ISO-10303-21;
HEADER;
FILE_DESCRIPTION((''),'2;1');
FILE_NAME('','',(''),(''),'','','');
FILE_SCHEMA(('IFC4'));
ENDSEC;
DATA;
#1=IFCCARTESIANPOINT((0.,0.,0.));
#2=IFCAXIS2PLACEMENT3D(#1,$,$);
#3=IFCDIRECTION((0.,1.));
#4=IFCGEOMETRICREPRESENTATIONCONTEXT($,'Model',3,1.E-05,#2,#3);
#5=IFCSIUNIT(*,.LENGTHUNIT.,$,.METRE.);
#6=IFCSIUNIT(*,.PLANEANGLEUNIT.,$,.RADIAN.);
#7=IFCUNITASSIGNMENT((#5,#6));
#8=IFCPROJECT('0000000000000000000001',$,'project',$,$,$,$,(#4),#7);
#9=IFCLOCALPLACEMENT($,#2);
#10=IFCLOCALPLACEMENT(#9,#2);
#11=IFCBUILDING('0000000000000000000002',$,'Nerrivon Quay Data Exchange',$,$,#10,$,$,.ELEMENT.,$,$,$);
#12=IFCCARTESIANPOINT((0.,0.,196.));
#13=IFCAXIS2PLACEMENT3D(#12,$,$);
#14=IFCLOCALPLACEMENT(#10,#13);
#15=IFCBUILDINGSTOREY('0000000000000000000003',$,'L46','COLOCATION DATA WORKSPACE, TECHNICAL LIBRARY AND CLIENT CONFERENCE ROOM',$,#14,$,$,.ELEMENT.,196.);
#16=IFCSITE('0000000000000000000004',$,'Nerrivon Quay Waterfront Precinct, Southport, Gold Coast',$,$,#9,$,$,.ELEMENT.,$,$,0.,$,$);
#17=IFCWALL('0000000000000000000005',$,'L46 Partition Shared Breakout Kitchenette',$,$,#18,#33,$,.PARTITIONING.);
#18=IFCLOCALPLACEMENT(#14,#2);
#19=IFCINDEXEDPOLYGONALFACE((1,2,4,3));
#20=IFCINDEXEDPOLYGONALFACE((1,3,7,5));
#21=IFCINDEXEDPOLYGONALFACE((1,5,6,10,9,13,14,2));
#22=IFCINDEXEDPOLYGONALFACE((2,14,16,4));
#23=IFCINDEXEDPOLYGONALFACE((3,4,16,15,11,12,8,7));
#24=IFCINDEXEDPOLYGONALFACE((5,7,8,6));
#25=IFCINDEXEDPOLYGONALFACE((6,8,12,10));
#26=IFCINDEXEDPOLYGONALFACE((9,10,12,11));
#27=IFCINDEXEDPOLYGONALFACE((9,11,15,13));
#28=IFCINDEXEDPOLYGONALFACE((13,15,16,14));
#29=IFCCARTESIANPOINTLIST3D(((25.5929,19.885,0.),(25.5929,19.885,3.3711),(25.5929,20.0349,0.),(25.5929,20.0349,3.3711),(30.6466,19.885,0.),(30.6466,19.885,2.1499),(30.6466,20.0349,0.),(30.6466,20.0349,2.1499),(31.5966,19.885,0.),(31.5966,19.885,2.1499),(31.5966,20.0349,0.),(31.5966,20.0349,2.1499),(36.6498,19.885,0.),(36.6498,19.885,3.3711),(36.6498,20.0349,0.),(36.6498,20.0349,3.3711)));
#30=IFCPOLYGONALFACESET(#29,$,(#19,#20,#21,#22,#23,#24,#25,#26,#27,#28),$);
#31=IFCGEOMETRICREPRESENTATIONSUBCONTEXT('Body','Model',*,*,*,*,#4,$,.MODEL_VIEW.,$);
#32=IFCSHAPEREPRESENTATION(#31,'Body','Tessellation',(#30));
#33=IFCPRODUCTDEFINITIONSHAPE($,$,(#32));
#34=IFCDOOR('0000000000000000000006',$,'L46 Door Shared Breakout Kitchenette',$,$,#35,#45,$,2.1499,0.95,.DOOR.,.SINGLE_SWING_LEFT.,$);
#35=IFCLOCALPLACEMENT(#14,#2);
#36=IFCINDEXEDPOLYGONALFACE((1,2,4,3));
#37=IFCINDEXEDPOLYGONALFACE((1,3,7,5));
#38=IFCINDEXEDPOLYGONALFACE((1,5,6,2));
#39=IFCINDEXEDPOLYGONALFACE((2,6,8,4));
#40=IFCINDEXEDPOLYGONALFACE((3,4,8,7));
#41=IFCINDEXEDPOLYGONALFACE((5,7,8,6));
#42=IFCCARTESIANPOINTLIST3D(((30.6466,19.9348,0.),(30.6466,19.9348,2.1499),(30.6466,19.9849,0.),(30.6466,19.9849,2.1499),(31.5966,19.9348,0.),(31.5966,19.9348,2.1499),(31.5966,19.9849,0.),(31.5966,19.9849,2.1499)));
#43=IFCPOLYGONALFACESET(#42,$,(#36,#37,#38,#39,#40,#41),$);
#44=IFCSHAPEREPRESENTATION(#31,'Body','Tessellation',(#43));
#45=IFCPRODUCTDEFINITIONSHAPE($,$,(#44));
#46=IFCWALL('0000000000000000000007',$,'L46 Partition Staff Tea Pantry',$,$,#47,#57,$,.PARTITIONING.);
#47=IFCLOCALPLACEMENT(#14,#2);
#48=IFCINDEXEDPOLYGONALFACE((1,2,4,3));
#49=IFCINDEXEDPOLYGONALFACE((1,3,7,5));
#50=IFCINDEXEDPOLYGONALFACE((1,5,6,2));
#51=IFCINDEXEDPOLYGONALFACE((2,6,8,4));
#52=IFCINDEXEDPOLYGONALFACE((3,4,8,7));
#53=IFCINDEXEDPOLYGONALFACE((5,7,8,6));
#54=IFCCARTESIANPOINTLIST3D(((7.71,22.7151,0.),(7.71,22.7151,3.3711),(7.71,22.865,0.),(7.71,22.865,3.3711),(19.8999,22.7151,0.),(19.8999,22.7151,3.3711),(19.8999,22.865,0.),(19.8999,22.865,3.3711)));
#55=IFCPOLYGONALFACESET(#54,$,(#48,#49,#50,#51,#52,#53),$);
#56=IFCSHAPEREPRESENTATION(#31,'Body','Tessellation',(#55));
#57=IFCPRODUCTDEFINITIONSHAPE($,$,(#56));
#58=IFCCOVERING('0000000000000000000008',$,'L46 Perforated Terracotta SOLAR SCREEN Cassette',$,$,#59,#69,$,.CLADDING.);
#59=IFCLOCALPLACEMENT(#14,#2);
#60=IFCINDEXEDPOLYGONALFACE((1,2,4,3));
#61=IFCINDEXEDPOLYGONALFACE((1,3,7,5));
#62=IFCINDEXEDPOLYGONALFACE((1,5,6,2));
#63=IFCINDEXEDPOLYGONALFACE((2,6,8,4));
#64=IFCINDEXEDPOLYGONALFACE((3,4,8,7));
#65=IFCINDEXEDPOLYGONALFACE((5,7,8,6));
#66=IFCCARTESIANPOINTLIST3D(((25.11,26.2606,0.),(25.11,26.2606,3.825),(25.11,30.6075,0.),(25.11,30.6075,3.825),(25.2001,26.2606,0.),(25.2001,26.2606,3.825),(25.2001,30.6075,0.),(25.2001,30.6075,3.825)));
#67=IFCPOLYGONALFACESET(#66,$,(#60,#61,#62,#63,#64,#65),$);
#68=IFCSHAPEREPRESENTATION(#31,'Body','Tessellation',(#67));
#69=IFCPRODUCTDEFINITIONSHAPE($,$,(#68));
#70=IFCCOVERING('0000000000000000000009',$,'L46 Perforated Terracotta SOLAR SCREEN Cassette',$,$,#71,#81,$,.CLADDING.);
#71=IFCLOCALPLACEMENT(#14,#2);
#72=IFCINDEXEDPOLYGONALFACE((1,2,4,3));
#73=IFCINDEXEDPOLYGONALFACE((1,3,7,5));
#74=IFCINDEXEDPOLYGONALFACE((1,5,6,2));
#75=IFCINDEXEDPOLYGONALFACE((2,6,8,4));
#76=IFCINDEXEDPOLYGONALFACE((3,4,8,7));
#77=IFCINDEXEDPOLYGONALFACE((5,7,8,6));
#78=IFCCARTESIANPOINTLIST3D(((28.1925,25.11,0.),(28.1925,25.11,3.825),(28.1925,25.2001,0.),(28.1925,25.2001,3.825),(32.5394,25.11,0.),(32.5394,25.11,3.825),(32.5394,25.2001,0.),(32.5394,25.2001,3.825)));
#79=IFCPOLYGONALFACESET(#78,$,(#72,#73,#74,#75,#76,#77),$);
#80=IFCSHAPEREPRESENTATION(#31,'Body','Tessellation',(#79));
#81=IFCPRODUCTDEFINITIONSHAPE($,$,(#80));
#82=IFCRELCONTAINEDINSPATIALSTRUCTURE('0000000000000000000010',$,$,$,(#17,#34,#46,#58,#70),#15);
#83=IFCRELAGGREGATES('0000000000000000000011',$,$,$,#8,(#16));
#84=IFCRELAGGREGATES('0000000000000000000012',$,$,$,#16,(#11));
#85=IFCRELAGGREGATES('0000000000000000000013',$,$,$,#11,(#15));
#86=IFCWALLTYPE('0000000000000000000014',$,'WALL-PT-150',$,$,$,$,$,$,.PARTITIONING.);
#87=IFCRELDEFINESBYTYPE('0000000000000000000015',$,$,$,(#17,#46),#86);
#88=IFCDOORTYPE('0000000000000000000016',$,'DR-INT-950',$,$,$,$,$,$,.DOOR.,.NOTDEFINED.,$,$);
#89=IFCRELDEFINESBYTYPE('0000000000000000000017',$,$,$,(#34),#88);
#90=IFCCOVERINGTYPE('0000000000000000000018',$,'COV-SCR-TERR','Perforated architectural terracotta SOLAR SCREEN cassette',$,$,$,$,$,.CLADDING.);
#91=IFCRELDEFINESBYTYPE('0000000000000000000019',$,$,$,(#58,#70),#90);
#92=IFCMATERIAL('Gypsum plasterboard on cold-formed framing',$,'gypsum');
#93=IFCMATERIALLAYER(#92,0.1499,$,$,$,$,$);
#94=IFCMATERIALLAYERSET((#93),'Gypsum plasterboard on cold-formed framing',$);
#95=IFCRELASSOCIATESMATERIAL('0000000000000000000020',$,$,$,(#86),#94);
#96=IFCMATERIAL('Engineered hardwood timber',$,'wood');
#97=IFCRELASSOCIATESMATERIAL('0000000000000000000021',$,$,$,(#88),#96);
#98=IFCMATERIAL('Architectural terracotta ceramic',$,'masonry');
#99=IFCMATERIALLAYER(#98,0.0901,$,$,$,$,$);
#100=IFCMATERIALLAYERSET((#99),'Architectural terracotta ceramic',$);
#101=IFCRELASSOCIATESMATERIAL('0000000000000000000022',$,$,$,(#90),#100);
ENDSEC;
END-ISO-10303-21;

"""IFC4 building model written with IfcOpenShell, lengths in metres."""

from ifc_helpers import new_model, si_unit, direction, frame, frame_2d, origin, origin_2d, place, context, subcontext, project, spatial, rectangle, extrude, material, layer, layer_set, type_object, element, fill, save


model = new_model("IFC4")

# Units and contexts
model_context = context("Model", 3, precision=1e-05, world=origin(), true_north=direction((0.0, 1.0)))
body_context = subcontext(model_context, "Body", "Model", "MODEL_VIEW")
ifc_project = project(units=[si_unit("LENGTHUNIT", "METRE"), si_unit("PLANEANGLEUNIT", "RADIAN")], contexts=[model_context])

# Site, building, storey
site_placement = place(None, origin())
site = spatial("IfcSite", under=ifc_project, at=site_placement, Name="Nerrivon Quay Waterfront Precinct, Southport, Gold Coast", CompositionType="ELEMENT", RefElevation=0.0)
building_placement = place(site_placement, origin())
building = spatial("IfcBuilding", under=site, at=building_placement, Name="Nerrivon Quay Data Exchange", CompositionType="ELEMENT")
storey_placement = place(building_placement, frame((0.0, 0.0, 196.0)))
storey = spatial("IfcBuildingStorey", under=building, at=storey_placement, Name="L46", Description="COLOCATION DATA WORKSPACE, TECHNICAL LIBRARY AND CLIENT CONFERENCE ROOM", CompositionType="ELEMENT", Elevation=196.0)

# Shared definitions
ifc_material_1 = material(Name="Gypsum plasterboard on cold-formed framing", Category="gypsum")

# Wall, opening, door
ifc_layer_1 = layer(ifc_material_1, 0.1499)
ifc_layer_set_1 = layer_set([ifc_layer_1], Name="Gypsum plasterboard on cold-formed framing")
wall_type_1 = type_object("IfcWallType", Name="WALL-PT-150", PredefinedType="PARTITIONING", material=ifc_layer_set_1)
wall_1_placement = place(storey_placement, frame((25.593, 19.96, 0.0), z_axis=(0.0, 0.0, 1.0), x_axis=(1.0, 0.0, 0.0)))
wall_1 = element("IfcWall", 1, at=wall_1_placement, inside=storey, type_object=wall_type_1, Name="L46 Partition Shared Breakout Kitchenette", PredefinedType="PARTITIONING", context=body_context, shape_type="SweptSolid", body=[
    extrude(rectangle(XDim=11.0569, YDim=0.1499, at=frame_2d((5.5283, 0.0))), origin(), (0.0, 0.0, 1.0), 3.3711),
])
opening_placement = place(wall_1_placement, frame((5.0535, 0.0, 0.0)))
opening = element("IfcOpeningElement", 2, at=opening_placement, cuts=wall_1, PredefinedType="OPENING", context=body_context, shape_type="SweptSolid", body=[
    extrude(rectangle(XDim=0.95, YDim=2.1499, at=frame_2d((0.4751, 1.075))), frame((0.0, 0.085, 0.0), z_axis=(0.0, -1.0, 0.0), x_axis=(1.0, 0.0, 0.0)), (0.0, 0.0, 1.0), 0.1699),
])
ifc_material_2 = material(Name="Engineered hardwood timber", Category="wood")
door_type = type_object("IfcDoorType", Name="DR-INT-950", OperationType="NOTDEFINED", PredefinedType="DOOR", material=ifc_material_2)
door_placement = place(opening_placement, origin())
door = element("IfcDoor", 3, at=door_placement, inside=storey, type_object=door_type, Name="L46 Door Shared Breakout Kitchenette", OperationType="SINGLE_SWING_LEFT", OverallHeight=2.1499, OverallWidth=0.95, PredefinedType="DOOR", context=body_context, shape_type="SweptSolid", body=[
    extrude(rectangle(XDim=0.95, YDim=2.1499, at=frame_2d((0.4751, 1.075))), frame((0.0, 0.0249, 0.0), z_axis=(0.0, -1.0, 0.0), x_axis=(1.0, 0.0, 0.0)), (0.0, 0.0, 1.0), 0.05),
])
fill(opening, door)

# Wall
wall_2_placement = place(storey_placement, frame((19.8999, 22.79, 0.0), z_axis=(0.0, 0.0, 1.0), x_axis=(-1.0, 0.0, 0.0)))
element("IfcWall", 4, at=wall_2_placement, inside=storey, type_object=wall_type_1, Name="L46 Partition Staff Tea Pantry", PredefinedType="PARTITIONING", context=body_context, shape_type="SweptSolid", body=[
    extrude(rectangle(XDim=12.1899, YDim=0.1499, at=frame_2d((6.095, 0.0))), origin(), (0.0, 0.0, 1.0), 3.3711),
])

# Coverings
ifc_material_3 = material(Name="Architectural terracotta ceramic", Category="masonry")
ifc_layer_2 = layer(ifc_material_3, 0.0901)
ifc_layer_set_2 = layer_set([ifc_layer_2], Name="Architectural terracotta ceramic")
covering_type = type_object("IfcCoveringType", Name="COV-SCR-TERR", Description="Perforated architectural terracotta SOLAR SCREEN cassette", PredefinedType="CLADDING", material=ifc_layer_set_2)
for number, where, z_axis, x_axis, name in (
    (5, (25.155, 28.4341, 0.0), (0.0, 0.0, 1.0), (0.0, -1.0, 0.0), "L46 Perforated Terracotta SOLAR SCREEN Cassette"),
    (6, (30.366, 25.155, 0.0), (0.0, 0.0, 1.0), (1.0, 0.0, 0.0), "L46 Perforated Terracotta SOLAR SCREEN Cassette"),
):
    element("IfcCovering", number, at=place(storey_placement, frame(where, z_axis=z_axis, x_axis=x_axis)), inside=storey, type_object=covering_type, Name=name, PredefinedType="CLADDING", context=body_context, shape_type="SweptSolid", body=[
        extrude(rectangle(XDim=4.3469, YDim=0.0901, at=origin_2d()), origin(), (0.0, 0.0, 1.0), 3.825),
    ])

save(model, "model.ifc")
